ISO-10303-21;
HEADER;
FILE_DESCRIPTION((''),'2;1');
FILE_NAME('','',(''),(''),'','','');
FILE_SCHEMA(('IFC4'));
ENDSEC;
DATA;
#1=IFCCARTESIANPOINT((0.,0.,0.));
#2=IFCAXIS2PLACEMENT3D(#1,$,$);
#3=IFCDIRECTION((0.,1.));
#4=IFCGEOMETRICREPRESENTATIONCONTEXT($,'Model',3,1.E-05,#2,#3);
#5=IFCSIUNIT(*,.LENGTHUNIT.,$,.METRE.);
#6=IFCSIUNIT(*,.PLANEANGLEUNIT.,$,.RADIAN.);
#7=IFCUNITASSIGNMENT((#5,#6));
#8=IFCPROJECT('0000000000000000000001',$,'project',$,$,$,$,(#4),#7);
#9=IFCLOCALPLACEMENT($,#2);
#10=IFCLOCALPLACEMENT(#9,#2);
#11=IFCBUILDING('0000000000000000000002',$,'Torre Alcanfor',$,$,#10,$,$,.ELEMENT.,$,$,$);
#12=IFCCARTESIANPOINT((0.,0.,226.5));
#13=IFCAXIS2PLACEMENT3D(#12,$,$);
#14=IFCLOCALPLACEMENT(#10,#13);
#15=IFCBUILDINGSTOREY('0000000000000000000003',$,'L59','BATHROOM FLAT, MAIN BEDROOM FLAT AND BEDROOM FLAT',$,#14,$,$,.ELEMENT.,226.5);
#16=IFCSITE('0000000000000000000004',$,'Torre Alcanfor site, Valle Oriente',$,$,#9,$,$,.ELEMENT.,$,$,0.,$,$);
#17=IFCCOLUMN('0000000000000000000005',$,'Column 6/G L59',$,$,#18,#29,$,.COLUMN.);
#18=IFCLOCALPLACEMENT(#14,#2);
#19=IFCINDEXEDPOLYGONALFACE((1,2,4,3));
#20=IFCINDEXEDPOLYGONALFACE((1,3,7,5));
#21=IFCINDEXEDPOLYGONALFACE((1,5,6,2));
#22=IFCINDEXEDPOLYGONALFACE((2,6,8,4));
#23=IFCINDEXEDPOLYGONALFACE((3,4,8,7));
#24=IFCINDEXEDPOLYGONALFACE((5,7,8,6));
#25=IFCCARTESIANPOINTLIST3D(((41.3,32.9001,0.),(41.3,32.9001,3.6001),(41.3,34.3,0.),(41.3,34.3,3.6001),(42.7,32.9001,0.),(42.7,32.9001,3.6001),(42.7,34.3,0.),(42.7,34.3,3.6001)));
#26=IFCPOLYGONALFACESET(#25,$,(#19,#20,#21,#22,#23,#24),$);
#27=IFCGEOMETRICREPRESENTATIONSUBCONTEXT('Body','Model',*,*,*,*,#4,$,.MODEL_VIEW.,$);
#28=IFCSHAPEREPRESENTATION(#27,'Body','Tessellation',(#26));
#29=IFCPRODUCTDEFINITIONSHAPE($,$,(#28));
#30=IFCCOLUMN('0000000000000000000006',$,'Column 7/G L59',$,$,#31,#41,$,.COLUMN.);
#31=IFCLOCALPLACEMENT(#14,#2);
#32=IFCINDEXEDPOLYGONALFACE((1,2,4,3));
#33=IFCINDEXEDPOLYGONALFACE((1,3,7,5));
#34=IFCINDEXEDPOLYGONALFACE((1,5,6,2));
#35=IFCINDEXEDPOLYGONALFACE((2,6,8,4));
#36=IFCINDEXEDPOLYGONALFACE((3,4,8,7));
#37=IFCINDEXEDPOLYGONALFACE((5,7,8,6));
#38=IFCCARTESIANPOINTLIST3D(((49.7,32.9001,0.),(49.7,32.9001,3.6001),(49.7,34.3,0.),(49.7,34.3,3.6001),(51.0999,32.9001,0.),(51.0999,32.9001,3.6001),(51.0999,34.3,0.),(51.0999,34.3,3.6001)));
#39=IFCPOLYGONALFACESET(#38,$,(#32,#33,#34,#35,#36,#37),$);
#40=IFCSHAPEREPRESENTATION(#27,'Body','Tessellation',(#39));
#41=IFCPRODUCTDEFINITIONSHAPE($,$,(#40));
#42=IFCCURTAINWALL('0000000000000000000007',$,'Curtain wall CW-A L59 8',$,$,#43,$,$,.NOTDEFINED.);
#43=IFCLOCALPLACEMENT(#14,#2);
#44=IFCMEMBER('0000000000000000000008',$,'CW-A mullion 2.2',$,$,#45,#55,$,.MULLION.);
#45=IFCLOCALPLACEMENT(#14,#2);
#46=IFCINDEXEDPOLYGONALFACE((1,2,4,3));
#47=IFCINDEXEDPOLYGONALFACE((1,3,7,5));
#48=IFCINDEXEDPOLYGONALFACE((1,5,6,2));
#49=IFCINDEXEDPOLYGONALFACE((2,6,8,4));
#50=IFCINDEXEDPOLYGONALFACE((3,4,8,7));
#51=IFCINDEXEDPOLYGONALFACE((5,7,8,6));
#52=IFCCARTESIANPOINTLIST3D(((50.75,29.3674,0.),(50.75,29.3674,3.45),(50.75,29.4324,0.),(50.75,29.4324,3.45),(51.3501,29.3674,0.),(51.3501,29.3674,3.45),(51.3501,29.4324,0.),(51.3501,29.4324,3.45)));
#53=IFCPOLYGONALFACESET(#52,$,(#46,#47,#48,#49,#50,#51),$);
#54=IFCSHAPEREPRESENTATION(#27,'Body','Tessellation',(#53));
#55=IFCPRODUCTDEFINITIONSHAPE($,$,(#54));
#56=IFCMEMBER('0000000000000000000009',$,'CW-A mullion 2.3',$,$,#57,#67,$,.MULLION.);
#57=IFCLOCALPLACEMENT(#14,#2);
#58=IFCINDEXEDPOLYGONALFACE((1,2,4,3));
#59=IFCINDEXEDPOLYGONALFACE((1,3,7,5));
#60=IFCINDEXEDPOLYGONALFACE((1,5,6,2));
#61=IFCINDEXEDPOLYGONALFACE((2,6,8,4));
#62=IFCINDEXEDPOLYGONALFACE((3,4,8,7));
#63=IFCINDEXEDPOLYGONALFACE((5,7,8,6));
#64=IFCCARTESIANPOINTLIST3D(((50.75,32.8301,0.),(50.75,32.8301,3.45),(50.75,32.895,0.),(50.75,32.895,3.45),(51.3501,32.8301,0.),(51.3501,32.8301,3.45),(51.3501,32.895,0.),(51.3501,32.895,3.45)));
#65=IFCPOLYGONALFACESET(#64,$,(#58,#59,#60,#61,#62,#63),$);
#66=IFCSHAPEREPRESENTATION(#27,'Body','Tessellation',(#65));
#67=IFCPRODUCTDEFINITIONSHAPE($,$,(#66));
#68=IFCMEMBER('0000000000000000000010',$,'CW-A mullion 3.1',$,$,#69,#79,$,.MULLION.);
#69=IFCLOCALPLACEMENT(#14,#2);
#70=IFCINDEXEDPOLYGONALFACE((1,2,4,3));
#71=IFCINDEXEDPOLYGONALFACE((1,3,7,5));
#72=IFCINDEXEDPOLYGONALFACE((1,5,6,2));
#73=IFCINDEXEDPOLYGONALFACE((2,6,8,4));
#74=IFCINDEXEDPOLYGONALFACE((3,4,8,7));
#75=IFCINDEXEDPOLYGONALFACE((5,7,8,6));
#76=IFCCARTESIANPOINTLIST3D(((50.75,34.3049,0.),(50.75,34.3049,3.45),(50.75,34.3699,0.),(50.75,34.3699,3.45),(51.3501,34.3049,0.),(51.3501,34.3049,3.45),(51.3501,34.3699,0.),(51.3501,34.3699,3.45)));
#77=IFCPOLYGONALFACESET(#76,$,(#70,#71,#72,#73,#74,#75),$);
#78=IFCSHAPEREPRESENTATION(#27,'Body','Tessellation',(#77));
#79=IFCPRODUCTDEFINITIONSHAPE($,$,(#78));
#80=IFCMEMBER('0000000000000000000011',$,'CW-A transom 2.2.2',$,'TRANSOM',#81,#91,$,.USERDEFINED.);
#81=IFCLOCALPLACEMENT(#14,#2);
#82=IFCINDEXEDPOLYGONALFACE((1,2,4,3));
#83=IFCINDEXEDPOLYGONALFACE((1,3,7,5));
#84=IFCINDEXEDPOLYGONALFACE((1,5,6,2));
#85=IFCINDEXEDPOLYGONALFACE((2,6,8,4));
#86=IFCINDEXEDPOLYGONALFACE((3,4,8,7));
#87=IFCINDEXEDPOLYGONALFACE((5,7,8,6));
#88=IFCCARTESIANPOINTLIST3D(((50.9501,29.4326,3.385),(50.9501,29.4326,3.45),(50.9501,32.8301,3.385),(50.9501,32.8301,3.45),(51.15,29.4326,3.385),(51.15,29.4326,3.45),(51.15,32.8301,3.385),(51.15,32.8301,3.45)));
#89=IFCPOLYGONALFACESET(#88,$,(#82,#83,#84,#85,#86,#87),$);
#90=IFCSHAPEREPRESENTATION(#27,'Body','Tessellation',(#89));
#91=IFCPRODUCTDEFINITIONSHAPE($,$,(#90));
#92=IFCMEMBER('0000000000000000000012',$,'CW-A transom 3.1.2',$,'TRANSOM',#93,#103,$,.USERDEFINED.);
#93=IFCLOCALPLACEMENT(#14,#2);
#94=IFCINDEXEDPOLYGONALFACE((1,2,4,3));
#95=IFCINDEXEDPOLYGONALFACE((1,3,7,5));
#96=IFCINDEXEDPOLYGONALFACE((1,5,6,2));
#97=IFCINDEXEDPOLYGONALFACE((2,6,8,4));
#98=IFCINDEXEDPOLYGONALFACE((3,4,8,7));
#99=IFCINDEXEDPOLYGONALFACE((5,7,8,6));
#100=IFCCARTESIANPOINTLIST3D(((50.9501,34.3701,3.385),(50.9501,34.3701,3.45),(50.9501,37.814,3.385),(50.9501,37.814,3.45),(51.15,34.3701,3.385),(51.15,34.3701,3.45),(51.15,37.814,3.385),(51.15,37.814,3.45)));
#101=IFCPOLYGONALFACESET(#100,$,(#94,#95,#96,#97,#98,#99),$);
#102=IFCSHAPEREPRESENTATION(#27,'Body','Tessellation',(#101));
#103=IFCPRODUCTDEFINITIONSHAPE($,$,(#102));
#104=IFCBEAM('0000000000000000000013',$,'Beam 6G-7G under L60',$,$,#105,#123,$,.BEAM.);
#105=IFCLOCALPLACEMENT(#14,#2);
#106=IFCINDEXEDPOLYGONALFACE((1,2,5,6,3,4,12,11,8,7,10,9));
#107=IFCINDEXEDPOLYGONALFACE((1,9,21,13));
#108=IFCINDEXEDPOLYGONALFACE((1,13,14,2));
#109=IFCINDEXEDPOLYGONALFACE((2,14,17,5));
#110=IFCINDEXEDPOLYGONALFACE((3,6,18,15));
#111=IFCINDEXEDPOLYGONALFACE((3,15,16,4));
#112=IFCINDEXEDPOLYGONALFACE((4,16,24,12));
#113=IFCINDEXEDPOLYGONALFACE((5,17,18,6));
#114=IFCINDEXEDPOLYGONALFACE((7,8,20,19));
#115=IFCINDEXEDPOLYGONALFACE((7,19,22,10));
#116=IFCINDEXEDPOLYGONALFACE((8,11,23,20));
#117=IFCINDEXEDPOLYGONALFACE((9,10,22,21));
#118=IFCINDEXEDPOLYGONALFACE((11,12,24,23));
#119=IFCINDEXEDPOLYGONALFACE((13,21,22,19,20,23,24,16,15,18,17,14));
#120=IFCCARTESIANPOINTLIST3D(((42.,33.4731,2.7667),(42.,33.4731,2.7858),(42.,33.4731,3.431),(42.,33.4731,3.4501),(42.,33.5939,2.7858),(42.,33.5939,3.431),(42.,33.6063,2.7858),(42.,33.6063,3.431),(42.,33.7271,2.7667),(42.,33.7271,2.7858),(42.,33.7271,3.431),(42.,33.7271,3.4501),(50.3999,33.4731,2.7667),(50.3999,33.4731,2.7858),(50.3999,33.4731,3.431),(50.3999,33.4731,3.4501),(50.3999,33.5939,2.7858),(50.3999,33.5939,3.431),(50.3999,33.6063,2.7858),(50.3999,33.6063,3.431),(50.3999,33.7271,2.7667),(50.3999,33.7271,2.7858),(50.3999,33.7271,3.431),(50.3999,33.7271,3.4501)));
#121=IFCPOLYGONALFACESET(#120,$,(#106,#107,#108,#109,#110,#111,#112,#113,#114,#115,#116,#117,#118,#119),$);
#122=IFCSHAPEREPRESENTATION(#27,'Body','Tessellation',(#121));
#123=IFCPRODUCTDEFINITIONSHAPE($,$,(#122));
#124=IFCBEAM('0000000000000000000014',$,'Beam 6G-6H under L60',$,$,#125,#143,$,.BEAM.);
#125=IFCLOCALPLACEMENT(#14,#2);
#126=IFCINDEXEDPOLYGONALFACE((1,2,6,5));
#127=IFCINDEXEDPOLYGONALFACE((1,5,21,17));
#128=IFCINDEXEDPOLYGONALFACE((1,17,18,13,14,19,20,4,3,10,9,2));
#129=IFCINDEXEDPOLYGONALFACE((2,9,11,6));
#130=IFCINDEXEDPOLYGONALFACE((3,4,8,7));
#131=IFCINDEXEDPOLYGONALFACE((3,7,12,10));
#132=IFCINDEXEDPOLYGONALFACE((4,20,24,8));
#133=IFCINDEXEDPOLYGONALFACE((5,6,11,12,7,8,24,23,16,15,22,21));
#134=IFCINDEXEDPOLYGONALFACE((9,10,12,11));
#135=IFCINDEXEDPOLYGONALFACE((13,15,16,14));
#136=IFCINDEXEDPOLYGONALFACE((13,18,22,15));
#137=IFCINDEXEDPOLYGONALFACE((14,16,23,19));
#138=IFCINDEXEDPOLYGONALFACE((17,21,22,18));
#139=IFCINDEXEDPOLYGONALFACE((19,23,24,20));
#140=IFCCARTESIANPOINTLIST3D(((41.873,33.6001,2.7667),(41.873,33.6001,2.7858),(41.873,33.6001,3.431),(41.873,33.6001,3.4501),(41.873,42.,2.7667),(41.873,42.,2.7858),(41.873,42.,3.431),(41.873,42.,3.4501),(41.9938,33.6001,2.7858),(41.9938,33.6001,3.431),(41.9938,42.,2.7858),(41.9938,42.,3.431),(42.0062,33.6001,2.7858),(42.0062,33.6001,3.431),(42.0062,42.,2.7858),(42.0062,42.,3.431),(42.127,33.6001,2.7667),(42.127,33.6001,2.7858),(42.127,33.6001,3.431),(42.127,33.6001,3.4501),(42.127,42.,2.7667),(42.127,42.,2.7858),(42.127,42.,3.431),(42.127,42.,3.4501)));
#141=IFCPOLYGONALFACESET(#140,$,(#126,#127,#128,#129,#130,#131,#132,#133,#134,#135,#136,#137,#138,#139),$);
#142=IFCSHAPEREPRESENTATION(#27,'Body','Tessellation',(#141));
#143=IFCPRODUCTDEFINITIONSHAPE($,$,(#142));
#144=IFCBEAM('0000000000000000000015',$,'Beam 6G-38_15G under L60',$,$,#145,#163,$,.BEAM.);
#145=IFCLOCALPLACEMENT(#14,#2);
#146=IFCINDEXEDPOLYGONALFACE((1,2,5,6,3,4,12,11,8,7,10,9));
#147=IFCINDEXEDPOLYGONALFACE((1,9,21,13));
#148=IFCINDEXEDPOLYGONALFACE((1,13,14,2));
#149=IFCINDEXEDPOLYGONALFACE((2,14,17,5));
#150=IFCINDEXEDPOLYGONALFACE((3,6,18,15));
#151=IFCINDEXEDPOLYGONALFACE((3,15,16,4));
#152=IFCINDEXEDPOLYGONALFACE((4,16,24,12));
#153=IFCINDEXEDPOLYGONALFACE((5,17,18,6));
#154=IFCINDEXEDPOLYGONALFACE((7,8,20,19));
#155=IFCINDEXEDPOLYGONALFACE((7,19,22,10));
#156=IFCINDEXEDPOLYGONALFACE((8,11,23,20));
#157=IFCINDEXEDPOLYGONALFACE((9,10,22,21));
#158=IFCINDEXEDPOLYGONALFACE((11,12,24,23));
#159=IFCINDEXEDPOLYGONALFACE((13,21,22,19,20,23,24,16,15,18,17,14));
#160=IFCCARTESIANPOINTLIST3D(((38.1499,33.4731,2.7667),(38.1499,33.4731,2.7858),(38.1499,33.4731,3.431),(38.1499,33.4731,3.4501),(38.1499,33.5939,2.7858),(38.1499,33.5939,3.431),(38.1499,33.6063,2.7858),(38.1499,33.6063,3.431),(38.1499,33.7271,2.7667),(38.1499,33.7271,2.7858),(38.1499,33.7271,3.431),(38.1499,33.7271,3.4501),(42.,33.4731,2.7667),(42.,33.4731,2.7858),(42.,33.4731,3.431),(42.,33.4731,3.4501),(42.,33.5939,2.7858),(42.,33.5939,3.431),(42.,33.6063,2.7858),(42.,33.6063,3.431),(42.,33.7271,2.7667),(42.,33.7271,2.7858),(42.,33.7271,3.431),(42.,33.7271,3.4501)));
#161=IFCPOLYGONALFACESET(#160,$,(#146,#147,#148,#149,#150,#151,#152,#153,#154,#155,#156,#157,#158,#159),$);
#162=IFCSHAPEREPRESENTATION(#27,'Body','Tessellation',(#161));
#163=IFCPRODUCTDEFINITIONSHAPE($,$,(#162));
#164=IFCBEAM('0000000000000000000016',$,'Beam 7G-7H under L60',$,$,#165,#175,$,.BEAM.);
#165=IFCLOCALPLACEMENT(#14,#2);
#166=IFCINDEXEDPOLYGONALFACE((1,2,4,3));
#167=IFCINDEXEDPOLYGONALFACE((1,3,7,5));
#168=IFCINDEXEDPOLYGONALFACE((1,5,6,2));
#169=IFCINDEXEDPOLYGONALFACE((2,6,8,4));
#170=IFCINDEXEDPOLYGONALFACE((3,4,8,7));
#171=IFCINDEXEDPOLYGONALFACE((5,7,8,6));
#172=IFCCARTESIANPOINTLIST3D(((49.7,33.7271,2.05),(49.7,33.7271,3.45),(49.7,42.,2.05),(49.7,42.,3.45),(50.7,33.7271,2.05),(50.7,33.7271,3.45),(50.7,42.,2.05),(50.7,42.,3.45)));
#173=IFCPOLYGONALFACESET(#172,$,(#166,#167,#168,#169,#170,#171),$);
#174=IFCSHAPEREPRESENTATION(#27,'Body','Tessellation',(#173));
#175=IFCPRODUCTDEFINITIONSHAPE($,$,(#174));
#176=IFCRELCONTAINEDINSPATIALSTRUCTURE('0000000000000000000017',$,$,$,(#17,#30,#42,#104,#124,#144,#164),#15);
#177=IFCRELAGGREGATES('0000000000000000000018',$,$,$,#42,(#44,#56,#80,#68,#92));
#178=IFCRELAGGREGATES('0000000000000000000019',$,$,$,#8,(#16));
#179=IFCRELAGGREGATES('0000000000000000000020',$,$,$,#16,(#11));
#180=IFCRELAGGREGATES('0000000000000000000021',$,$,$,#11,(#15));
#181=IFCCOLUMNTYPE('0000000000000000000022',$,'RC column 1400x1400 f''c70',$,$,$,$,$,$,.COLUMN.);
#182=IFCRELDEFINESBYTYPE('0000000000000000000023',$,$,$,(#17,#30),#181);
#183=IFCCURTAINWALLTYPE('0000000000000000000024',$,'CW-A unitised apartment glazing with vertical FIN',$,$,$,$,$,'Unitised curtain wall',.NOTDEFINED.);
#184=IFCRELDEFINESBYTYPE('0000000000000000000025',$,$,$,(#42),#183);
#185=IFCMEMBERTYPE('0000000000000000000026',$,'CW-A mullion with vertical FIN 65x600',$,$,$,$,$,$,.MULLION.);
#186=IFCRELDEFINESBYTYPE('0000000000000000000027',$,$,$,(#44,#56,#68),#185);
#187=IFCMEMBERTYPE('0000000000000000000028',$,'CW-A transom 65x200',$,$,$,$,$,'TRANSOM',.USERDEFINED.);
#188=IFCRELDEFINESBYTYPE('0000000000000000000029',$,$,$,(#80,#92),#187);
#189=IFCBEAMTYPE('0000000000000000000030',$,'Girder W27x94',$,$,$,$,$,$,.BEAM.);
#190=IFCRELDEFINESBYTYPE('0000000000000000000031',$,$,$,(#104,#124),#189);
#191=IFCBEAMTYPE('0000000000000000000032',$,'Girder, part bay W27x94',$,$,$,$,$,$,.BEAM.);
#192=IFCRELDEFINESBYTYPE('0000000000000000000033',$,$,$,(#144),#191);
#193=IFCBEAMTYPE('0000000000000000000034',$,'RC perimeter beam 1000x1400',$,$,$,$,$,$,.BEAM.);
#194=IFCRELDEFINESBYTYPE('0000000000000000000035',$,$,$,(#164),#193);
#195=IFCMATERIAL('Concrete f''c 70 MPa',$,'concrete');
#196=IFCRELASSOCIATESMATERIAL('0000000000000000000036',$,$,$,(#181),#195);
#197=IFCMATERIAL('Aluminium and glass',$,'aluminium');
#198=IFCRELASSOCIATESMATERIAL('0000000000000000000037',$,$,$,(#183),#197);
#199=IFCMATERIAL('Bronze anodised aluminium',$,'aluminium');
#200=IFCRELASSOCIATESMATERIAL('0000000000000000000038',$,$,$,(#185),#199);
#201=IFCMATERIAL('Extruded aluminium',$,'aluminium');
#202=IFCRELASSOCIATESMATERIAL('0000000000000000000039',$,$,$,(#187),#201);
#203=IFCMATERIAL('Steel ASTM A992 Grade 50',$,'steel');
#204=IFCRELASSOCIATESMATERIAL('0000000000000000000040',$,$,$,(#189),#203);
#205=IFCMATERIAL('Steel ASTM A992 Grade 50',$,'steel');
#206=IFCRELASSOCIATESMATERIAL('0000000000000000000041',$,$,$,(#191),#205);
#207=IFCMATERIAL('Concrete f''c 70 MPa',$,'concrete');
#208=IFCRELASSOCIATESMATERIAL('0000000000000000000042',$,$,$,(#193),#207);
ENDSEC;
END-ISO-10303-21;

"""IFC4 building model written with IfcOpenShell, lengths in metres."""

from ifc_helpers import new_model, si_unit, direction, frame, origin, origin_2d, place, context, subcontext, project, spatial, rectangle, i_section, extrude, material, material_profile, profile_set, type_object, element, aggregate, save


model = new_model("IFC4")

# Units and contexts
model_context = context("Model", 3, precision=1e-05, world=origin(), true_north=direction((0.0, 1.0)))
body_context = subcontext(model_context, "Body", "Model", "MODEL_VIEW")
ifc_project = project(units=[si_unit("LENGTHUNIT", "METRE"), si_unit("PLANEANGLEUNIT", "RADIAN")], contexts=[model_context])

# Site, building, storey
site_placement = place(None, origin())
site = spatial("IfcSite", under=ifc_project, at=site_placement, Name="Torre Alcanfor site, Valle Oriente", CompositionType="ELEMENT", RefElevation=0.0)
building_placement = place(site_placement, origin())
building = spatial("IfcBuilding", under=site, at=building_placement, Name="Torre Alcanfor", CompositionType="ELEMENT")
storey_placement = place(building_placement, frame((0.0, 0.0, 226.5)))
storey = spatial("IfcBuildingStorey", under=building, at=storey_placement, Name="L59", Description="BATHROOM FLAT, MAIN BEDROOM FLAT AND BEDROOM FLAT", CompositionType="ELEMENT", Elevation=226.5)

# Columns
ifc_material_1 = material(Name="Concrete f'c 70 MPa", Category="concrete")
ifc_material_profile_1 = material_profile(ifc_material_1, rectangle(XDim=1.3999, YDim=1.3999, at=origin_2d()), Name="1400x1400")
ifc_profile_set_1 = profile_set([ifc_material_profile_1], Name="Concrete f'c 70 MPa")
column_type = type_object("IfcColumnType", Name="RC column 1400x1400 f'c70", PredefinedType="COLUMN", material=ifc_profile_set_1)
for number, where, z_axis, x_axis, name in (
    (1, (42.0, 33.6001, 0.0), (0.0, 0.0, 1.0), (1.0, 0.0, 0.0), "Column 6/G L59"),
    (2, (50.3999, 33.6001, 0.0), (0.0, 0.0, 1.0), (1.0, 0.0, 0.0), "Column 7/G L59"),
):
    element("IfcColumn", number, at=place(storey_placement, frame(where, z_axis=z_axis, x_axis=x_axis)), inside=storey, type_object=column_type, Name=name, PredefinedType="COLUMN", context=body_context, shape_type="SweptSolid", body=[
        extrude(rectangle(XDim=1.3999, YDim=1.3999, at=origin_2d()), origin(), (0.0, 0.0, 1.0), 3.6001),
    ])

# Curtain wall, members
ifc_material_2 = material(Name="Aluminium and glass", Category="aluminium")
curtain_wall_type = type_object("IfcCurtainWallType", Name="CW-A unitised apartment glazing with vertical FIN", ElementType="Unitised curtain wall", PredefinedType="NOTDEFINED", material=ifc_material_2)
curtain_wall_placement = place(storey_placement, origin())
curtain_wall = element("IfcCurtainWall", 3, at=curtain_wall_placement, inside=storey, type_object=curtain_wall_type, Name="Curtain wall CW-A L59 8", PredefinedType="NOTDEFINED")
ifc_material_3 = material(Name="Bronze anodised aluminium", Category="aluminium")
ifc_material_profile_2 = material_profile(ifc_material_3, rectangle(XDim=0.6001, YDim=0.0649, at=origin_2d()), Name="CW-A mullion 65x600")
ifc_profile_set_2 = profile_set([ifc_material_profile_2], Name="Bronze anodised aluminium")
member_type_1 = type_object("IfcMemberType", Name="CW-A mullion with vertical FIN 65x600", PredefinedType="MULLION", material=ifc_profile_set_2)
member_1_placement = place(storey_placement, frame((51.05, 29.3999, 0.0), z_axis=(0.0, 0.0, 1.0), x_axis=(-1.0, 0.0, 0.0)))
member_1 = element("IfcMember", 4, at=member_1_placement, type_object=member_type_1, Name="CW-A mullion 2.2", PredefinedType="MULLION", context=body_context, shape_type="SweptSolid", body=[
    extrude(rectangle(XDim=0.6001, YDim=0.0649, at=origin_2d()), origin(), (0.0, 0.0, 1.0), 3.45),
])
member_2_placement = place(storey_placement, frame((51.05, 32.8625, 0.0), z_axis=(0.0, 0.0, 1.0), x_axis=(-1.0, 0.0, 0.0)))
member_2 = element("IfcMember", 5, at=member_2_placement, type_object=member_type_1, Name="CW-A mullion 2.3", PredefinedType="MULLION", context=body_context, shape_type="SweptSolid", body=[
    extrude(rectangle(XDim=0.6001, YDim=0.0649, at=origin_2d()), origin(), (0.0, 0.0, 1.0), 3.45),
])
member_3_placement = place(storey_placement, frame((51.05, 34.3374, 0.0), z_axis=(0.0, 0.0, 1.0), x_axis=(-1.0, 0.0, 0.0)))
member_3 = element("IfcMember", 6, at=member_3_placement, type_object=member_type_1, Name="CW-A mullion 3.1", PredefinedType="MULLION", context=body_context, shape_type="SweptSolid", body=[
    extrude(rectangle(XDim=0.6001, YDim=0.0649, at=origin_2d()), origin(), (0.0, 0.0, 1.0), 3.45),
])
ifc_material_4 = material(Name="Extruded aluminium", Category="aluminium")
ifc_material_profile_3 = material_profile(ifc_material_4, rectangle(XDim=0.2, YDim=0.0649, at=origin_2d()), Name="CW-A transom 200x65")
ifc_profile_set_3 = profile_set([ifc_material_profile_3], Name="Extruded aluminium")
member_type_2 = type_object("IfcMemberType", Name="CW-A transom 65x200", ElementType="TRANSOM", PredefinedType="USERDEFINED", material=ifc_profile_set_3)
member_4_placement = place(storey_placement, frame((51.05, 29.4326, 3.4175), z_axis=(0.0, 1.0, 0.0), x_axis=(-1.0, 0.0, 0.0)))
member_4 = element("IfcMember", 7, at=member_4_placement, type_object=member_type_2, Name="CW-A transom 2.2.2", ObjectType="TRANSOM", PredefinedType="USERDEFINED", context=body_context, shape_type="SweptSolid", body=[
    extrude(rectangle(XDim=0.2, YDim=0.0649, at=origin_2d()), origin(), (0.0, 0.0, 1.0), 3.3975),
])
member_5_placement = place(storey_placement, frame((51.05, 34.3701, 3.4175), z_axis=(0.0, 1.0, 0.0), x_axis=(-1.0, 0.0, 0.0)))
member_5 = element("IfcMember", 8, at=member_5_placement, type_object=member_type_2, Name="CW-A transom 3.1.2", ObjectType="TRANSOM", PredefinedType="USERDEFINED", context=body_context, shape_type="SweptSolid", body=[
    extrude(rectangle(XDim=0.2, YDim=0.0649, at=origin_2d()), origin(), (0.0, 0.0, 1.0), 3.4438),
])

# Beams
ifc_material_5 = material(Name="Steel ASTM A992 Grade 50", Category="steel")
ifc_material_profile_4 = material_profile(ifc_material_5, i_section(OverallWidth=0.2539, OverallDepth=0.6833, WebThickness=0.0125, FlangeThickness=0.019, at=origin_2d()), Name="W27x94")
ifc_profile_set_4 = profile_set([ifc_material_profile_4], Name="Steel ASTM A992 Grade 50")
beam_type_1 = type_object("IfcBeamType", Name="Girder W27x94", PredefinedType="BEAM", material=ifc_profile_set_4)
for number, where, z_axis, x_axis, name in (
    (9, (42.0, 33.6001, 3.1084), (1.0, 0.0, 0.0), (0.0, 1.0, 0.0), "Beam 6G-7G under L60"),
    (10, (42.0, 33.6001, 3.1084), (0.0, 1.0, 0.0), (-1.0, 0.0, 0.0), "Beam 6G-6H under L60"),
):
    element("IfcBeam", number, at=place(storey_placement, frame(where, z_axis=z_axis, x_axis=x_axis)), inside=storey, type_object=beam_type_1, Name=name, PredefinedType="BEAM", context=body_context, shape_type="SweptSolid", body=[
        extrude(i_section(OverallWidth=0.2539, OverallDepth=0.6833, WebThickness=0.0125, FlangeThickness=0.019, at=origin_2d()), origin(), (0.0, 0.0, 1.0), 8.3999),
    ])
ifc_material_6 = material(Name="Steel ASTM A992 Grade 50", Category="steel")
ifc_material_profile_5 = material_profile(ifc_material_6, i_section(OverallWidth=0.2539, OverallDepth=0.6833, WebThickness=0.0125, FlangeThickness=0.019, at=origin_2d()), Name="W27x94")
ifc_profile_set_5 = profile_set([ifc_material_profile_5], Name="Steel ASTM A992 Grade 50")
beam_type_2 = type_object("IfcBeamType", Name="Girder, part bay W27x94", PredefinedType="BEAM", material=ifc_profile_set_5)
beam_1_placement = place(storey_placement, frame((42.0, 33.6001, 3.1084), z_axis=(-1.0, 0.0, 0.0), x_axis=(0.0, -1.0, 0.0)))
element("IfcBeam", 11, at=beam_1_placement, inside=storey, type_object=beam_type_2, Name="Beam 6G-38_15G under L60", PredefinedType="BEAM", context=body_context, shape_type="SweptSolid", body=[
    extrude(i_section(OverallWidth=0.2539, OverallDepth=0.6833, WebThickness=0.0125, FlangeThickness=0.019, at=origin_2d()), origin(), (0.0, 0.0, 1.0), 3.8501),
])
ifc_material_7 = material(Name="Concrete f'c 70 MPa", Category="concrete")
ifc_material_profile_6 = material_profile(ifc_material_7, rectangle(XDim=1.0, YDim=1.3999, at=origin_2d()), Name="1000x1400")
ifc_profile_set_6 = profile_set([ifc_material_profile_6], Name="Concrete f'c 70 MPa")
beam_type_3 = type_object("IfcBeamType", Name="RC perimeter beam 1000x1400", PredefinedType="BEAM", material=ifc_profile_set_6)
beam_2_placement = place(storey_placement, frame((50.2, 33.7271, 2.75), z_axis=(0.0, 1.0, 0.0), x_axis=(-1.0, 0.0, 0.0)))
element("IfcBeam", 12, at=beam_2_placement, inside=storey, type_object=beam_type_3, Name="Beam 7G-7H under L60", PredefinedType="BEAM", context=body_context, shape_type="SweptSolid", body=[
    extrude(rectangle(XDim=1.0, YDim=1.3999, at=origin_2d()), origin(), (0.0, 0.0, 1.0), 8.2729),
])

aggregate(curtain_wall, [member_1, member_2, member_4, member_3, member_5])

save(model, "model.ifc")
